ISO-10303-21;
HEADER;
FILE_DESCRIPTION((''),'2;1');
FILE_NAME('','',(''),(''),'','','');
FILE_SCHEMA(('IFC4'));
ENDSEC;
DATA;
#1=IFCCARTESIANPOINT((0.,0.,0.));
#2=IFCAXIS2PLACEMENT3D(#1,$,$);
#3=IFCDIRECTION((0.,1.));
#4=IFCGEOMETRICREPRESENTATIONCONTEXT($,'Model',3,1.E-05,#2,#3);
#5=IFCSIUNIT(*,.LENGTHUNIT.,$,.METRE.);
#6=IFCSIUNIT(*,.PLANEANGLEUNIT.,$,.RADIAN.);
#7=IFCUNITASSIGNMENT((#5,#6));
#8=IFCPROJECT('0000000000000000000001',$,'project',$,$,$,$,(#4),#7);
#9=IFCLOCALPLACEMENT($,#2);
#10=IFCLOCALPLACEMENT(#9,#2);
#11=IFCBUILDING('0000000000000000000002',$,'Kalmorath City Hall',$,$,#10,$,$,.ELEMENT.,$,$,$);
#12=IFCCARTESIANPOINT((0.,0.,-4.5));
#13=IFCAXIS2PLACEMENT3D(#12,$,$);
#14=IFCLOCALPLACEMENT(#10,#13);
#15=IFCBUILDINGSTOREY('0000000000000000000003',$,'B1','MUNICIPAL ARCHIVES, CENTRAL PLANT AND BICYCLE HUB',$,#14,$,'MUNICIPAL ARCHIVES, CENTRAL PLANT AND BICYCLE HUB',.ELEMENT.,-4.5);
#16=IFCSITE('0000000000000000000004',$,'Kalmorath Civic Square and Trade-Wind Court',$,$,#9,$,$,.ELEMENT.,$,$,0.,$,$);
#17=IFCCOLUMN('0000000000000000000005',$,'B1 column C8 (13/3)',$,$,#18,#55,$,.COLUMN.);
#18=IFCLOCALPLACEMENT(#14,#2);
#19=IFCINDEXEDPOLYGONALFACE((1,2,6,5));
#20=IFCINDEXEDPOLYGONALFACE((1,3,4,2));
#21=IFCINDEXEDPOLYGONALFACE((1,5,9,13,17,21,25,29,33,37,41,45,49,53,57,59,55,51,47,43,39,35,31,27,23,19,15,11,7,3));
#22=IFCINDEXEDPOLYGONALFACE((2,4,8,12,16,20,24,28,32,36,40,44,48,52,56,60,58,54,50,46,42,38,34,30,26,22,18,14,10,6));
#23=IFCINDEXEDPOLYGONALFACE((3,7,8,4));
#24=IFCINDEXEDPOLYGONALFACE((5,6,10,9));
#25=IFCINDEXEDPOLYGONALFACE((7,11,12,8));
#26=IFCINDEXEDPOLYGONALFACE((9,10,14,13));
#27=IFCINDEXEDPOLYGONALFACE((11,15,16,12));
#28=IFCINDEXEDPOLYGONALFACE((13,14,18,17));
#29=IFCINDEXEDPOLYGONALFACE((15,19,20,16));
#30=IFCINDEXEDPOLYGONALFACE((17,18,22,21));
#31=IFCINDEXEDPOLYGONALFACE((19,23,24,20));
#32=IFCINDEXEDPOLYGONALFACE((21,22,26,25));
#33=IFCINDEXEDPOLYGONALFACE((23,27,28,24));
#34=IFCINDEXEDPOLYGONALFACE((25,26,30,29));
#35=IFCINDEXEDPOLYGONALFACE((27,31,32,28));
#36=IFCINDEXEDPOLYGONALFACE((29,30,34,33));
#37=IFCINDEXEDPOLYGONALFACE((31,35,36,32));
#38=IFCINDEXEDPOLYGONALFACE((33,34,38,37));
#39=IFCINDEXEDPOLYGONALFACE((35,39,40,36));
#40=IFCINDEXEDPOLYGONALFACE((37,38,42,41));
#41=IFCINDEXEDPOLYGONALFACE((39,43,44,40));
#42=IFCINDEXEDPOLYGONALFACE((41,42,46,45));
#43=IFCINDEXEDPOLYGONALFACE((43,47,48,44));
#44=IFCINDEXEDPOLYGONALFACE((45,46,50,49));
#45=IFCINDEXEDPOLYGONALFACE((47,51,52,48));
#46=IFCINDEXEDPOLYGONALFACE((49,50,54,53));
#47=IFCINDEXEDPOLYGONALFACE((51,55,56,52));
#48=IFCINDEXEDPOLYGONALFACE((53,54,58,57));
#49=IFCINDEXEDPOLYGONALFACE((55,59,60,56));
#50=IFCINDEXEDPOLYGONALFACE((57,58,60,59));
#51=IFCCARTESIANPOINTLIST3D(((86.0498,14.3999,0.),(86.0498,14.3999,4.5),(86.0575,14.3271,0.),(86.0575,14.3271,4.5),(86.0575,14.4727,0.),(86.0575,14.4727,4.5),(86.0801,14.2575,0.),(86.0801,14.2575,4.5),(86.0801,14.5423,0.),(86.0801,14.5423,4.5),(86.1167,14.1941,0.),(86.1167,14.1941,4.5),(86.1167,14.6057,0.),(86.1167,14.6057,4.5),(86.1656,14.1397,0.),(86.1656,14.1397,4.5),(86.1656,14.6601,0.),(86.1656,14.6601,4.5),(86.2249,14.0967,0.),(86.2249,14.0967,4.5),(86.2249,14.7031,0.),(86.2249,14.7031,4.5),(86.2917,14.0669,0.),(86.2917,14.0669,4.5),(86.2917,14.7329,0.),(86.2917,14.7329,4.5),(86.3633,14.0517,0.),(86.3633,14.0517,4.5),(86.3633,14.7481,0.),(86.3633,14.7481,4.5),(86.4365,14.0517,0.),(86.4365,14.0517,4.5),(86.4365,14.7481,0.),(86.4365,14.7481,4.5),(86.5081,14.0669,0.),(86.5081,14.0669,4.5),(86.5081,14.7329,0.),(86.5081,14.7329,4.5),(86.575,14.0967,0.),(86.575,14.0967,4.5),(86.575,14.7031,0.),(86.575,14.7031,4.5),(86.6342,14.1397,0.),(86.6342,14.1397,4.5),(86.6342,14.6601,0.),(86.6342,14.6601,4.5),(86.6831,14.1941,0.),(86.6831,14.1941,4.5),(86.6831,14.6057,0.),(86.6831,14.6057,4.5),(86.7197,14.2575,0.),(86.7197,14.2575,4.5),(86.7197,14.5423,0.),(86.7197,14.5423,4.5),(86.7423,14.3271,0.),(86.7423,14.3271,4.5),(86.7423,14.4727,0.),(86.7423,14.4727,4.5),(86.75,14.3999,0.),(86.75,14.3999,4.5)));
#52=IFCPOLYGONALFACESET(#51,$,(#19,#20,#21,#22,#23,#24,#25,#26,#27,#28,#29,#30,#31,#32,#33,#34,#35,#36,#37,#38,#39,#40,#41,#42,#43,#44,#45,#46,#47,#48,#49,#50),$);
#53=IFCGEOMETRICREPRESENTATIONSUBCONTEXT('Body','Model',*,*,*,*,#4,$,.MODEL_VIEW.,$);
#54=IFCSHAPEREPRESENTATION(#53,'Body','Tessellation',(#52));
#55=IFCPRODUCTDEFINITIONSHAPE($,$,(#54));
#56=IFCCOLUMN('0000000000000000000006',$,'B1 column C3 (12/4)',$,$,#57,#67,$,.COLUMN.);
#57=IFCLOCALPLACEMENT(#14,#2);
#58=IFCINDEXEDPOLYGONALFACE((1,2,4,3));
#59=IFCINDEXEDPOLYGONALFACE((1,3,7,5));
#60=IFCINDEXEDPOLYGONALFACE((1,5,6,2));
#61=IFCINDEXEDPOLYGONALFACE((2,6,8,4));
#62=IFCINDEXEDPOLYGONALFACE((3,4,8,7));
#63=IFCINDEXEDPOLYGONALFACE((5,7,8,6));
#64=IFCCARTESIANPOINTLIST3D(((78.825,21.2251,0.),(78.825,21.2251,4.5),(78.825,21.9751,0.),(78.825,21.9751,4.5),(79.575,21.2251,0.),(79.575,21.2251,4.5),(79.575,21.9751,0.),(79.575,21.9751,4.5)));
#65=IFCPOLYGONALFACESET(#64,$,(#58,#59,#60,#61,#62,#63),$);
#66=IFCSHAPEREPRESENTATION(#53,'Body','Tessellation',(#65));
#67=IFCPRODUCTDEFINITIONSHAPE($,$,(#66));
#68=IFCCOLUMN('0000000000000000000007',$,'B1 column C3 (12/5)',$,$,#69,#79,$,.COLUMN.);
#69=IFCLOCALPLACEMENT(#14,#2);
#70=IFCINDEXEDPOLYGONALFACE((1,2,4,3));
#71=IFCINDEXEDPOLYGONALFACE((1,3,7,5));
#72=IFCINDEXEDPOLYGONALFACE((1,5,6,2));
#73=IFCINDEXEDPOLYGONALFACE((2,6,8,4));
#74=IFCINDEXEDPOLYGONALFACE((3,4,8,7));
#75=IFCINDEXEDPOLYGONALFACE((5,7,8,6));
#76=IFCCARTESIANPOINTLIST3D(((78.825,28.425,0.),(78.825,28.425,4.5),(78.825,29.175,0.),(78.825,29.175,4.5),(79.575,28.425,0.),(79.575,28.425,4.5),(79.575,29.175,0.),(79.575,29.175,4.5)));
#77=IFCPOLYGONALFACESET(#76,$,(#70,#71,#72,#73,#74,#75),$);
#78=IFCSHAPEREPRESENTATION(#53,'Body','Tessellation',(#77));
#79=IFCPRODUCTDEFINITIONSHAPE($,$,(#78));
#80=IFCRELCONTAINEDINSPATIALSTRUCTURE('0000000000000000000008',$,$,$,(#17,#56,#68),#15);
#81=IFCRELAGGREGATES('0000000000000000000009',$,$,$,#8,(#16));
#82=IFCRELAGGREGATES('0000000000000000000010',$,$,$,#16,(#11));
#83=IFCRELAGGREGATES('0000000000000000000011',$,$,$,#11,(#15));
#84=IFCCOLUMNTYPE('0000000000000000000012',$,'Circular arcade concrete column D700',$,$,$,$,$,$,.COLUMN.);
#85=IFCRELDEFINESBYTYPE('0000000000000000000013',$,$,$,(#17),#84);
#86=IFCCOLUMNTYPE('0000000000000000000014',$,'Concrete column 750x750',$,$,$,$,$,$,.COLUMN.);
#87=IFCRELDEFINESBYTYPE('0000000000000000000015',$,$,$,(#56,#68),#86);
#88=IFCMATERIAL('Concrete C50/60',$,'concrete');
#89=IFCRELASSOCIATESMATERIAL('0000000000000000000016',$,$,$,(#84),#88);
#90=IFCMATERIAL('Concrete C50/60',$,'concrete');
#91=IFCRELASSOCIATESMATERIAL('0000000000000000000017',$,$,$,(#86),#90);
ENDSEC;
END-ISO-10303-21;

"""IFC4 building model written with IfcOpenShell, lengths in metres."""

from ifc_helpers import new_model, si_unit, direction, frame, origin, origin_2d, place, context, subcontext, project, spatial, rectangle, circle, extrude, material, material_profile, profile_set, type_object, element, save


model = new_model("IFC4")

# Units and contexts
model_context = context("Model", 3, precision=1e-05, world=origin(), true_north=direction((0.0, 1.0)))
body_context = subcontext(model_context, "Body", "Model", "MODEL_VIEW")
ifc_project = project(units=[si_unit("LENGTHUNIT", "METRE"), si_unit("PLANEANGLEUNIT", "RADIAN")], contexts=[model_context])

# Site, building, storey
site_placement = place(None, origin())
site = spatial("IfcSite", under=ifc_project, at=site_placement, Name="Kalmorath Civic Square and Trade-Wind Court", CompositionType="ELEMENT", RefElevation=0.0)
building_placement = place(site_placement, origin())
building = spatial("IfcBuilding", under=site, at=building_placement, Name="Kalmorath City Hall", CompositionType="ELEMENT")
storey_placement = place(building_placement, frame((0.0, 0.0, -4.5)))
storey = spatial("IfcBuildingStorey", under=building, at=storey_placement, Name="B1", Description="MUNICIPAL ARCHIVES, CENTRAL PLANT AND BICYCLE HUB", LongName="MUNICIPAL ARCHIVES, CENTRAL PLANT AND BICYCLE HUB", CompositionType="ELEMENT", Elevation=-4.5)

# Columns
ifc_material_1 = material(Name="Concrete C50/60", Category="concrete")
ifc_material_profile_1 = material_profile(ifc_material_1, circle(Radius=0.3501, at=origin_2d()), Name="RC-COL-D700")
ifc_profile_set_1 = profile_set([ifc_material_profile_1], Name="Concrete C50/60")
column_type_1 = type_object("IfcColumnType", Name="Circular arcade concrete column D700", PredefinedType="COLUMN", material=ifc_profile_set_1)
for number, where, z_axis, x_axis, name in (
    (1, (86.3999, 14.3999, 0.0), (0.0, 0.0, 1.0), (1.0, 0.0, 0.0), "B1 column C8 (13/3)"),
):
    element("IfcColumn", number, at=place(storey_placement, frame(where, z_axis=z_axis, x_axis=x_axis)), inside=storey, type_object=column_type_1, Name=name, PredefinedType="COLUMN", context=body_context, shape_type="SweptSolid", body=[
        extrude(circle(Radius=0.3501, at=origin_2d()), origin(), (0.0, 0.0, 1.0), 4.5),
    ])
ifc_material_2 = material(Name="Concrete C50/60", Category="concrete")
ifc_material_profile_2 = material_profile(ifc_material_2, rectangle(XDim=0.75, YDim=0.75, at=origin_2d()), Name="RC-COL-750X750")
ifc_profile_set_2 = profile_set([ifc_material_profile_2], Name="Concrete C50/60")
column_type_2 = type_object("IfcColumnType", Name="Concrete column 750x750", PredefinedType="COLUMN", material=ifc_profile_set_2)
for number, where, z_axis, x_axis, name in (
    (2, (79.2, 21.6001, 0.0), (0.0, 0.0, 1.0), (1.0, 0.0, 0.0), "B1 column C3 (12/4)"),
    (3, (79.2, 28.8, 0.0), (0.0, 0.0, 1.0), (1.0, 0.0, 0.0), "B1 column C3 (12/5)"),
):
    element("IfcColumn", number, at=place(storey_placement, frame(where, z_axis=z_axis, x_axis=x_axis)), inside=storey, type_object=column_type_2, Name=name, PredefinedType="COLUMN", context=body_context, shape_type="SweptSolid", body=[
        extrude(rectangle(XDim=0.75, YDim=0.75, at=origin_2d()), origin(), (0.0, 0.0, 1.0), 4.5),
    ])

save(model, "model.ifc")
